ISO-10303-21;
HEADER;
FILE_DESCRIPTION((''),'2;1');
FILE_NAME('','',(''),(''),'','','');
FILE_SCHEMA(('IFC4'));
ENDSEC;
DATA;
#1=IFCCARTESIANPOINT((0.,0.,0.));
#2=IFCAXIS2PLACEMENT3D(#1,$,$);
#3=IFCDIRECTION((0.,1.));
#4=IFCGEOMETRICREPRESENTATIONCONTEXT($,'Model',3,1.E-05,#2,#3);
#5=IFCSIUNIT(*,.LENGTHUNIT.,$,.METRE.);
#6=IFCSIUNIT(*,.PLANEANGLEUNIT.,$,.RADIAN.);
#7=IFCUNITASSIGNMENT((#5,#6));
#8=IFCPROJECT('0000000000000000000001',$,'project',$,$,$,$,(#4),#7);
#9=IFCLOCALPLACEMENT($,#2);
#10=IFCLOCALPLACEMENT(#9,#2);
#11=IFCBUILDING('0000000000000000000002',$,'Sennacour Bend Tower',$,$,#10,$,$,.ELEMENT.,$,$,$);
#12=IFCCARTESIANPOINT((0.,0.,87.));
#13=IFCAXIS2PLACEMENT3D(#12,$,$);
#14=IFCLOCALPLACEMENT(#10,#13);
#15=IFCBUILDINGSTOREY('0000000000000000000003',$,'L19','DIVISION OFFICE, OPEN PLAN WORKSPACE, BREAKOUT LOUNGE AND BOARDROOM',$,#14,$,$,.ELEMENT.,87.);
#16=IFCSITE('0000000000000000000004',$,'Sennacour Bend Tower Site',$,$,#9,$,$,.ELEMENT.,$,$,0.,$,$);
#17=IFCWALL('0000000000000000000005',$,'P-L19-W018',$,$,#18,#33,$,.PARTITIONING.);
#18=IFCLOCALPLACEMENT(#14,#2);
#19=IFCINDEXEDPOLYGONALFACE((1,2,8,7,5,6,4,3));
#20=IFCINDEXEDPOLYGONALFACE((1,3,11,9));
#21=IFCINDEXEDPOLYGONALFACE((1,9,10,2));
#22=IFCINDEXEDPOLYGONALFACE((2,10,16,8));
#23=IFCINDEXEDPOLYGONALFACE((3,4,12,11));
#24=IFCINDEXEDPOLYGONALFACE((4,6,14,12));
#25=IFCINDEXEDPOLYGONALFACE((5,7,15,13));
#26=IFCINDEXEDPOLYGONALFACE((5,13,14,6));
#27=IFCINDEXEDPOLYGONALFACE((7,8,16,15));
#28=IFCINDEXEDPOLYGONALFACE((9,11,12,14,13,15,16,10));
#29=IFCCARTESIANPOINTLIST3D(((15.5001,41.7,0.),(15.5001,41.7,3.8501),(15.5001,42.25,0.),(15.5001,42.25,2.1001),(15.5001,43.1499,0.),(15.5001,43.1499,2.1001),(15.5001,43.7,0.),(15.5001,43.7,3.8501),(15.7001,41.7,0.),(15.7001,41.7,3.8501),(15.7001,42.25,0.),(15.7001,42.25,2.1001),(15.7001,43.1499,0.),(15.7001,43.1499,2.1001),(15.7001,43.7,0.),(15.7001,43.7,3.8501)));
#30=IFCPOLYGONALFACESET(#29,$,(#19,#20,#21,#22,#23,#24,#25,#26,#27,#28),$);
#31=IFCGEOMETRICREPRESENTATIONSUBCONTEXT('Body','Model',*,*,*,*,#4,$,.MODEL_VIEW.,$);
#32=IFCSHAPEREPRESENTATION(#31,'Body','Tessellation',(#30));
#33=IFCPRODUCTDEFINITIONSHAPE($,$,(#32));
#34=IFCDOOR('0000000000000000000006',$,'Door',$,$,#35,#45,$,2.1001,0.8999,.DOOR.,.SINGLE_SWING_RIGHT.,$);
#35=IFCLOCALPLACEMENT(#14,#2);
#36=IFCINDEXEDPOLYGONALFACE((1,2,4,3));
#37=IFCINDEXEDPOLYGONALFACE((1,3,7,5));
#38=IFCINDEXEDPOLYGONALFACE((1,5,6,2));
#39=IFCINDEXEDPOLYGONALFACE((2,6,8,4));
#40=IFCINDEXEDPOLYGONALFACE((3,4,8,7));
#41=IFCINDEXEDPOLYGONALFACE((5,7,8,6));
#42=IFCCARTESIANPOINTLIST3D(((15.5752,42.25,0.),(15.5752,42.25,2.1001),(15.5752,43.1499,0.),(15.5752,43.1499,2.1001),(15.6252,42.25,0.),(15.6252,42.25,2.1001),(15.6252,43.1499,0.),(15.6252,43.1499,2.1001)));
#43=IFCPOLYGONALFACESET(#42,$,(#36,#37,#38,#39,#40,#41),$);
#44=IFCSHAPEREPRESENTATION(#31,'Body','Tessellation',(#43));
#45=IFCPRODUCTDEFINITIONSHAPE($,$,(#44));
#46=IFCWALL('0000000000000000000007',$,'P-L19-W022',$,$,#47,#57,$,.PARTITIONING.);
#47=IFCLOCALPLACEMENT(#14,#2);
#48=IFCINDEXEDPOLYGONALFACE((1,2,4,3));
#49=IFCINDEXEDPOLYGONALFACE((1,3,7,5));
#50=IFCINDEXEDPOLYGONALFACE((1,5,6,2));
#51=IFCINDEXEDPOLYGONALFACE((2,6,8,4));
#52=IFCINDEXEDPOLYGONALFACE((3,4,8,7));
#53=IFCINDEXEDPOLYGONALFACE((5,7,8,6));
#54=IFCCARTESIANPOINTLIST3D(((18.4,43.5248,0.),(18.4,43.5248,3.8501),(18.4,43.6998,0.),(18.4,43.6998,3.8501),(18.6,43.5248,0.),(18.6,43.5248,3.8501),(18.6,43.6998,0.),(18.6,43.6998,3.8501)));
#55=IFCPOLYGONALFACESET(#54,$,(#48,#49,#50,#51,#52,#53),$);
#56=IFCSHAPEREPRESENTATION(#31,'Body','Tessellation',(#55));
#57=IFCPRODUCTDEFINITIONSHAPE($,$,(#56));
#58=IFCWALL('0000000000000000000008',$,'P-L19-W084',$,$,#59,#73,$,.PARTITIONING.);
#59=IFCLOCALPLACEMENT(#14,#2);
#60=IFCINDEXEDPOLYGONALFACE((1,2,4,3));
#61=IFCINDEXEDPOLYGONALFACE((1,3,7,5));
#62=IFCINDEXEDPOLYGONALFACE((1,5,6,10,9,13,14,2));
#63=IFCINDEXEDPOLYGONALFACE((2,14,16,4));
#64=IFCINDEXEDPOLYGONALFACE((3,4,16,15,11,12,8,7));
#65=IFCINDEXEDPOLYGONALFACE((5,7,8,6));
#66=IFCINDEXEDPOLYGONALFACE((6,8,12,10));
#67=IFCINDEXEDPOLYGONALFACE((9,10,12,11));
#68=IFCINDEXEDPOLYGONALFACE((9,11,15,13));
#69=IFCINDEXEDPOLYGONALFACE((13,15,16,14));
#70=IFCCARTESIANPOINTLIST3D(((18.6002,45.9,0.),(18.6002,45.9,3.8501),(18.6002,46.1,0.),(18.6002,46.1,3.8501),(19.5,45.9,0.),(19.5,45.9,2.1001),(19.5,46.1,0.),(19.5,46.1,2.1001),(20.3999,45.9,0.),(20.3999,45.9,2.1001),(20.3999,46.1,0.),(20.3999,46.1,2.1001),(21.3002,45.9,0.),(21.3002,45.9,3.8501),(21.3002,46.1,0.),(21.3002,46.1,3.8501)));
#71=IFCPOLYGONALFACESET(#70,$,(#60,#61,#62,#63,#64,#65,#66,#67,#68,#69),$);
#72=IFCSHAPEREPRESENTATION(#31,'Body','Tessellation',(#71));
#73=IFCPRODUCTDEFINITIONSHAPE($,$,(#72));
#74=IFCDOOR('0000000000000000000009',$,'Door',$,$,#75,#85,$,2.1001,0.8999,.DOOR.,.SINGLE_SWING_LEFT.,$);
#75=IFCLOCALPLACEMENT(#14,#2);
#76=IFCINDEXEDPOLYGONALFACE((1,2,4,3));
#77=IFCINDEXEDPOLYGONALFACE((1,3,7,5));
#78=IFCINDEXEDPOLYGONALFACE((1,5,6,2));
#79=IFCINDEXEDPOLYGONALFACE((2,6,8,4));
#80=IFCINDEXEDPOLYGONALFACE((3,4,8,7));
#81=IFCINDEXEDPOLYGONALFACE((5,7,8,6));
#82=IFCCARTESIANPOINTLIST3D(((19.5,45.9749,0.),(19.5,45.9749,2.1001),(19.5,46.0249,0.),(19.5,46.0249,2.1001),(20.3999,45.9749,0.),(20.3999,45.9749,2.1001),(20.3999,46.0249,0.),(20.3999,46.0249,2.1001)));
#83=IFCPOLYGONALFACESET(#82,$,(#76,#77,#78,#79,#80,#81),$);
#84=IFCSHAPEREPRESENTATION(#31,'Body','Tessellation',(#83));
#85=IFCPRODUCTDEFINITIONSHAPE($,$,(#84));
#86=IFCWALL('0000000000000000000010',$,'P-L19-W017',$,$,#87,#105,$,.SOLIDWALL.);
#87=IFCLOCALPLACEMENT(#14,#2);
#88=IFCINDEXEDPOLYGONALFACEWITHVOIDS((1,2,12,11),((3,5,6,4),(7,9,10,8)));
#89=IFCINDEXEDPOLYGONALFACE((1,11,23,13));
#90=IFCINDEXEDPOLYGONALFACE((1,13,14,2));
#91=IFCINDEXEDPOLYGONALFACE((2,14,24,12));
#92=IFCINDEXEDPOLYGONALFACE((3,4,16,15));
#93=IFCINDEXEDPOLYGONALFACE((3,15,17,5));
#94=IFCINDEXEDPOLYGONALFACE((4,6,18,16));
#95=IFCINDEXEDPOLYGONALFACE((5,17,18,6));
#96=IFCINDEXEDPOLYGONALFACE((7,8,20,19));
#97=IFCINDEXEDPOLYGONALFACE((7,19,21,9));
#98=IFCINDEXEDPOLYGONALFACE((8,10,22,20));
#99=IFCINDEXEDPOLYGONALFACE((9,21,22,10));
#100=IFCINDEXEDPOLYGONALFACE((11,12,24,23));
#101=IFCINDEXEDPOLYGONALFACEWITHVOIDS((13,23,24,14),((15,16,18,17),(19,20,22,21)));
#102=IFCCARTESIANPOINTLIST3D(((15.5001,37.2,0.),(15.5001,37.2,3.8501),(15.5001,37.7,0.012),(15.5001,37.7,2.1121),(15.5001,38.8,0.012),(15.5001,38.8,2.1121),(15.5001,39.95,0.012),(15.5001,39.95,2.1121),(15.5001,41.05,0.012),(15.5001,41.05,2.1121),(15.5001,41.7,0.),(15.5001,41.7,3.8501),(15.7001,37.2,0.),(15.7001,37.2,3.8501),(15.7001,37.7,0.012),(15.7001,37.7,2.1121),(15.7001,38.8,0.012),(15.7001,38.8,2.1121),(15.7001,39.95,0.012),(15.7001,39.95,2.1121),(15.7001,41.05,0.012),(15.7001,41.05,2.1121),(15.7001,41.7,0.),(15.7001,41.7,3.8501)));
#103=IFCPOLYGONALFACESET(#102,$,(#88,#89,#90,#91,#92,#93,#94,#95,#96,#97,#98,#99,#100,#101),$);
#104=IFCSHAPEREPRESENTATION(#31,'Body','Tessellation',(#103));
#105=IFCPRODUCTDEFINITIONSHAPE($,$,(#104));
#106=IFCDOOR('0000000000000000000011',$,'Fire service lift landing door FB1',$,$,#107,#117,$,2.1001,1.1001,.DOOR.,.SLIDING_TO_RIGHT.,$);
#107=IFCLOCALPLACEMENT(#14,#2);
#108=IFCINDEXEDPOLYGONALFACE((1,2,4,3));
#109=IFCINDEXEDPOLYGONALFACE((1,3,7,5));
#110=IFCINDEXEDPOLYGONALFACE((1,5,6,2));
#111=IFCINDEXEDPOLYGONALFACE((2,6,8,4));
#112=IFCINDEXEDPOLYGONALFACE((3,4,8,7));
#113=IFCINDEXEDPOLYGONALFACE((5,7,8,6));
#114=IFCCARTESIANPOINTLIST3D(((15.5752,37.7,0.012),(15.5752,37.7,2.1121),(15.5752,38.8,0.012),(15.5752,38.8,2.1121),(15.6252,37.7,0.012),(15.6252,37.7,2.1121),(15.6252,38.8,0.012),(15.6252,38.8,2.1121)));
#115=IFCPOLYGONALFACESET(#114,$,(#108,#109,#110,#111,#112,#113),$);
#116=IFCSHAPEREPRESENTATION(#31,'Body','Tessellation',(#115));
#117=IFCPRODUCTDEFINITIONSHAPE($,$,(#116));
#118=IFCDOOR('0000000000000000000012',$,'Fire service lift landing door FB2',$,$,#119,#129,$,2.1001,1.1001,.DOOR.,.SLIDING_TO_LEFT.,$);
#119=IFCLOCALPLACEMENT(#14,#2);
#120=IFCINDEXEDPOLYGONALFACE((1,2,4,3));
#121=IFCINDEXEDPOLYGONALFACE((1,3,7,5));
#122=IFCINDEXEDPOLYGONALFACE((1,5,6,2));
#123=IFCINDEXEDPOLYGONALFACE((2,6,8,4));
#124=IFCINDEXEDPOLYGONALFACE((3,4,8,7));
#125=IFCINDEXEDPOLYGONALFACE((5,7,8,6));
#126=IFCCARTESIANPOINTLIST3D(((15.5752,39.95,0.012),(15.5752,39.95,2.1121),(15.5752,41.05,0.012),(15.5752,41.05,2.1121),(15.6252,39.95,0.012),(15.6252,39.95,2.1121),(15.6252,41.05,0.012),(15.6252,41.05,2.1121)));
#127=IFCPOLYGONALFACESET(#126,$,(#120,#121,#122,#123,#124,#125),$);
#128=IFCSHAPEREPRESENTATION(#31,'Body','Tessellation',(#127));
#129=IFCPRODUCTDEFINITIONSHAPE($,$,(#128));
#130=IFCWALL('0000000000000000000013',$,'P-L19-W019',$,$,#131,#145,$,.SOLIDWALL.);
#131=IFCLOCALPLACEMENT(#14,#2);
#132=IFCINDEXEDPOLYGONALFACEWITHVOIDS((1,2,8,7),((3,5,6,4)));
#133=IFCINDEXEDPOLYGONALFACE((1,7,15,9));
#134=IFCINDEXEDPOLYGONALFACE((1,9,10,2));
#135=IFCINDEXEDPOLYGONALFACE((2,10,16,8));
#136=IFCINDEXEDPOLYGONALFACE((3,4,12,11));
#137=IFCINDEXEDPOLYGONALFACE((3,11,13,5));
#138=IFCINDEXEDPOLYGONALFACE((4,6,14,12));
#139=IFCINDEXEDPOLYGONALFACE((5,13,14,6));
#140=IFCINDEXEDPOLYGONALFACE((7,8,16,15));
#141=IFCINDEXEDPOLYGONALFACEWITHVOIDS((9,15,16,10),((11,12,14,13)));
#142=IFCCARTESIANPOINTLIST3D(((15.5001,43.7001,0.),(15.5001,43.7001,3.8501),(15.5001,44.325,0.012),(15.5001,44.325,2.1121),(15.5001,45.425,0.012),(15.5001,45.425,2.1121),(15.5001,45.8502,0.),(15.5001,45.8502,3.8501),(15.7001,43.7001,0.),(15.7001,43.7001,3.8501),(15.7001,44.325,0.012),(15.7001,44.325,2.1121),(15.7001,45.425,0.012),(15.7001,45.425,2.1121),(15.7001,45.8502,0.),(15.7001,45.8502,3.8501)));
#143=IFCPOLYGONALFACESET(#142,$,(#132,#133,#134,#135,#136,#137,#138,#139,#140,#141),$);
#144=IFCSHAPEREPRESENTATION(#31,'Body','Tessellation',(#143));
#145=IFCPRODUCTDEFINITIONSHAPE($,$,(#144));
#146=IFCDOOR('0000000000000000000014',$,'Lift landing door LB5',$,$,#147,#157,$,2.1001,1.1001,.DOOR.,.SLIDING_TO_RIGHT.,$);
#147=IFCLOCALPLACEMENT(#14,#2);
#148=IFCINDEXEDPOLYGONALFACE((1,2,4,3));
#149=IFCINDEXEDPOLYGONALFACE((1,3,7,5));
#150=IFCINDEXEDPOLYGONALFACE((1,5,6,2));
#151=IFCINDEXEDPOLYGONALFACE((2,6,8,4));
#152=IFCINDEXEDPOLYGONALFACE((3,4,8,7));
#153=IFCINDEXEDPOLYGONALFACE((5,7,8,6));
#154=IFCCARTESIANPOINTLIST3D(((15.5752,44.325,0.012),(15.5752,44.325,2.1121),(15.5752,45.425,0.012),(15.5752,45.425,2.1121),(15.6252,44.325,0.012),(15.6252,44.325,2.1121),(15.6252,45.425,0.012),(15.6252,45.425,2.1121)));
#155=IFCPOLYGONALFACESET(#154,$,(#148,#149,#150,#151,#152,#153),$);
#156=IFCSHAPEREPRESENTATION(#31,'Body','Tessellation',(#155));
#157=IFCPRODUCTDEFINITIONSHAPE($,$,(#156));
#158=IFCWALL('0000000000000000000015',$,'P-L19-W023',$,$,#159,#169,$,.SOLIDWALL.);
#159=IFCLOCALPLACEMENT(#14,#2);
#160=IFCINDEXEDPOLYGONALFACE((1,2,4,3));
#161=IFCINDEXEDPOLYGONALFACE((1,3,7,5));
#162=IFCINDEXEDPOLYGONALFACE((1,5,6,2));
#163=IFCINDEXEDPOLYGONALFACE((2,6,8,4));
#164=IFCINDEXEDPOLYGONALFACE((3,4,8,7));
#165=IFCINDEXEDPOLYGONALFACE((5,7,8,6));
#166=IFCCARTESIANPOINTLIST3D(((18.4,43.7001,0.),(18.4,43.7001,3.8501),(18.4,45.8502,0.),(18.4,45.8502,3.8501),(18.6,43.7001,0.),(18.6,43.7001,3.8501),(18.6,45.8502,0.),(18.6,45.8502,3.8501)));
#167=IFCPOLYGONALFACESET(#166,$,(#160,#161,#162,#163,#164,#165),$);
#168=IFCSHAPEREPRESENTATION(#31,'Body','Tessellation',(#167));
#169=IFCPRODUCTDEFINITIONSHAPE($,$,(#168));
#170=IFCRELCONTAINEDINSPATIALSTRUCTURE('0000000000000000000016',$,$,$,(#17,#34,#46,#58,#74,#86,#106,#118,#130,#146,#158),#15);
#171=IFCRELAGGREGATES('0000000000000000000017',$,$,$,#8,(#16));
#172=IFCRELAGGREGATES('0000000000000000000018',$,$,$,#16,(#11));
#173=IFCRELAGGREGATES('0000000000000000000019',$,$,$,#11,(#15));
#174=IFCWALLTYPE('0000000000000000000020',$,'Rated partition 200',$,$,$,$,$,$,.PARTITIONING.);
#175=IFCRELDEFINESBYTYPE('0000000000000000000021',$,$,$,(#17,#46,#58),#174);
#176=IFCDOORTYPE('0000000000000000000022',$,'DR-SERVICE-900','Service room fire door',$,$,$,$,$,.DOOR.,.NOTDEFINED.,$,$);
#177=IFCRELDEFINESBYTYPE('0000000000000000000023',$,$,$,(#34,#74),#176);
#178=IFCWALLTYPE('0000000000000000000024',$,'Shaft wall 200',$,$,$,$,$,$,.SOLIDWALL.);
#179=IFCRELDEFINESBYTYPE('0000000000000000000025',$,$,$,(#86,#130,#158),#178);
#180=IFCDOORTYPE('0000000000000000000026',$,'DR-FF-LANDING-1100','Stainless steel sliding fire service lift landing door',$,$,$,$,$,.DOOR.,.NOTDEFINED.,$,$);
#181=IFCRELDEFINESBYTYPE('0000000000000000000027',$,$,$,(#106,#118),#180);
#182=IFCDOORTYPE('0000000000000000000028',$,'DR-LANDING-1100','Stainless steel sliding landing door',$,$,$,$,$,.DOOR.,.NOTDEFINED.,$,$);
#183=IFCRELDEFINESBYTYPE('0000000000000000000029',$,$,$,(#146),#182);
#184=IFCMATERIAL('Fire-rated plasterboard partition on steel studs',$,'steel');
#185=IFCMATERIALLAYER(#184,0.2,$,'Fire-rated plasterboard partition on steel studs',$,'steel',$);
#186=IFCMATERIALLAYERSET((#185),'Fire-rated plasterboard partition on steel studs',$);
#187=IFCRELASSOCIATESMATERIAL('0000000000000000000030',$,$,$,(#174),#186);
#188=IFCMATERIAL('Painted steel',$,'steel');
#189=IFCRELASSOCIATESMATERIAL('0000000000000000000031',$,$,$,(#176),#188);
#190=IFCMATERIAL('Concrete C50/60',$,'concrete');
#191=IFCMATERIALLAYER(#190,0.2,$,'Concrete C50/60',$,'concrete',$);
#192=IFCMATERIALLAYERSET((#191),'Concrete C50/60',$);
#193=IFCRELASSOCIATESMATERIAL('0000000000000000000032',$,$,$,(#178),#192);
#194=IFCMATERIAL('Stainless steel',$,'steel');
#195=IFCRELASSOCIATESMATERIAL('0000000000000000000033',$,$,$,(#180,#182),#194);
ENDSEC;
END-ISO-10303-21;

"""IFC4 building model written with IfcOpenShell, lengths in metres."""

from ifc_helpers import new_model, si_unit, direction, frame, frame_2d, origin, place, context, subcontext, project, spatial, rectangle, extrude, material, layer, layer_set, type_object, element, fill, save


model = new_model("IFC4")

# Units and contexts
model_context = context("Model", 3, precision=1e-05, world=origin(), true_north=direction((0.0, 1.0)))
body_context = subcontext(model_context, "Body", "Model", "MODEL_VIEW")
ifc_project = project(units=[si_unit("LENGTHUNIT", "METRE"), si_unit("PLANEANGLEUNIT", "RADIAN")], contexts=[model_context])

# Site, building, storey
site_placement = place(None, origin())
site = spatial("IfcSite", under=ifc_project, at=site_placement, Name="Sennacour Bend Tower Site", CompositionType="ELEMENT", RefElevation=0.0)
building_placement = place(site_placement, origin())
building = spatial("IfcBuilding", under=site, at=building_placement, Name="Sennacour Bend Tower", CompositionType="ELEMENT")
storey_placement = place(building_placement, frame((0.0, 0.0, 87.0)))
storey = spatial("IfcBuildingStorey", under=building, at=storey_placement, Name="L19", Description="DIVISION OFFICE, OPEN PLAN WORKSPACE, BREAKOUT LOUNGE AND BOARDROOM", CompositionType="ELEMENT", Elevation=87.0)

# Wall, opening, door
ifc_material_1 = material(Name="Fire-rated plasterboard partition on steel studs", Category="steel")
ifc_layer_1 = layer(ifc_material_1, 0.2, Name="Fire-rated plasterboard partition on steel studs", Category="steel")
ifc_layer_set_1 = layer_set([ifc_layer_1], Name="Fire-rated plasterboard partition on steel studs")
wall_type_1 = type_object("IfcWallType", Name="Rated partition 200", PredefinedType="PARTITIONING", material=ifc_layer_set_1)
wall_1_placement = place(storey_placement, frame((15.6001, 41.7, 0.0), z_axis=(0.0, 0.0, 1.0), x_axis=(0.0, 1.0, 0.0)))
wall_1 = element("IfcWall", 1, at=wall_1_placement, inside=storey, type_object=wall_type_1, Name="P-L19-W018", PredefinedType="PARTITIONING", context=body_context, shape_type="SweptSolid", body=[
    extrude(rectangle(XDim=2.0, YDim=0.2, at=frame_2d((1.0, 0.0))), origin(), (0.0, 0.0, 1.0), 3.8501),
])
opening_1_placement = place(wall_1_placement, frame((0.55, 0.0, 0.0)))
opening_1 = element("IfcOpeningElement", 2, at=opening_1_placement, cuts=wall_1, PredefinedType="OPENING", context=body_context, shape_type="SweptSolid", body=[
    extrude(rectangle(XDim=0.8999, YDim=2.1001, at=frame_2d((0.45, 1.05))), frame((0.0, 0.1099, 0.0), z_axis=(0.0, -1.0, 0.0), x_axis=(1.0, 0.0, 0.0)), (0.0, 0.0, 1.0), 0.22),
])
ifc_material_2 = material(Name="Painted steel", Category="steel")
door_type_1 = type_object("IfcDoorType", Name="DR-SERVICE-900", Description="Service room fire door", OperationType="NOTDEFINED", PredefinedType="DOOR", material=ifc_material_2)
door_1_placement = place(opening_1_placement, origin())
door_1 = element("IfcDoor", 3, at=door_1_placement, inside=storey, type_object=door_type_1, Name="Door", OperationType="SINGLE_SWING_RIGHT", OverallHeight=2.1001, OverallWidth=0.8999, PredefinedType="DOOR", context=body_context, shape_type="SweptSolid", body=[
    extrude(rectangle(XDim=0.8999, YDim=2.1001, at=frame_2d((0.45, 1.05))), frame((0.0, 0.0249, 0.0), z_axis=(0.0, -1.0, 0.0), x_axis=(1.0, 0.0, 0.0)), (0.0, 0.0, 1.0), 0.05),
])
fill(opening_1, door_1)

# Wall
wall_2_placement = place(storey_placement, frame((18.5, 43.5249, 0.0), z_axis=(0.0, 0.0, 1.0), x_axis=(0.0, 1.0, 0.0)))
element("IfcWall", 4, at=wall_2_placement, inside=storey, type_object=wall_type_1, Name="P-L19-W022", PredefinedType="PARTITIONING", context=body_context, shape_type="SweptSolid", body=[
    extrude(rectangle(XDim=0.175, YDim=0.2, at=frame_2d((0.0874, 0.0))), origin(), (0.0, 0.0, 1.0), 3.8501),
])

# Wall, opening, door
wall_3_placement = place(storey_placement, frame((18.6001, 46.0, 0.0), z_axis=(0.0, 0.0, 1.0), x_axis=(1.0, 0.0, 0.0)))
wall_3 = element("IfcWall", 5, at=wall_3_placement, inside=storey, type_object=wall_type_1, Name="P-L19-W084", PredefinedType="PARTITIONING", context=body_context, shape_type="SweptSolid", body=[
    extrude(rectangle(XDim=2.7, YDim=0.2, at=frame_2d((1.3501, 0.0))), origin(), (0.0, 0.0, 1.0), 3.8501),
])
opening_2_placement = place(wall_3_placement, frame((0.8999, 0.0, 0.0)))
opening_2 = element("IfcOpeningElement", 6, at=opening_2_placement, cuts=wall_3, PredefinedType="OPENING", context=body_context, shape_type="SweptSolid", body=[
    extrude(rectangle(XDim=0.8999, YDim=2.1001, at=frame_2d((0.45, 1.05))), frame((0.0, 0.1099, 0.0), z_axis=(0.0, -1.0, 0.0), x_axis=(1.0, 0.0, 0.0)), (0.0, 0.0, 1.0), 0.22),
])
door_2_placement = place(opening_2_placement, origin())
door_2 = element("IfcDoor", 7, at=door_2_placement, inside=storey, type_object=door_type_1, Name="Door", OperationType="SINGLE_SWING_LEFT", OverallHeight=2.1001, OverallWidth=0.8999, PredefinedType="DOOR", context=body_context, shape_type="SweptSolid", body=[
    extrude(rectangle(XDim=0.8999, YDim=2.1001, at=frame_2d((0.45, 1.05))), frame((0.0, 0.0249, 0.0), z_axis=(0.0, -1.0, 0.0), x_axis=(1.0, 0.0, 0.0)), (0.0, 0.0, 1.0), 0.05),
])
fill(opening_2, door_2)

# Wall, openings, doors
ifc_material_3 = material(Name="Concrete C50/60", Category="concrete")
ifc_layer_2 = layer(ifc_material_3, 0.2, Name="Concrete C50/60", Category="concrete")
ifc_layer_set_2 = layer_set([ifc_layer_2], Name="Concrete C50/60")
wall_type_2 = type_object("IfcWallType", Name="Shaft wall 200", PredefinedType="SOLIDWALL", material=ifc_layer_set_2)
wall_4_placement = place(storey_placement, frame((15.6001, 37.2, 0.0), z_axis=(0.0, 0.0, 1.0), x_axis=(0.0, 1.0, 0.0)))
wall_4 = element("IfcWall", 8, at=wall_4_placement, inside=storey, type_object=wall_type_2, Name="P-L19-W017", PredefinedType="SOLIDWALL", context=body_context, shape_type="SweptSolid", body=[
    extrude(rectangle(XDim=4.5, YDim=0.2, at=frame_2d((2.25, 0.0))), origin(), (0.0, 0.0, 1.0), 3.8501),
])
opening_3_placement = place(wall_4_placement, frame((0.5, 0.0, 0.012)))
opening_3 = element("IfcOpeningElement", 9, at=opening_3_placement, cuts=wall_4, PredefinedType="OPENING", context=body_context, shape_type="SweptSolid", body=[
    extrude(rectangle(XDim=1.1001, YDim=2.1001, at=frame_2d((0.55, 1.05))), frame((0.0, 0.1099, 0.0), z_axis=(0.0, -1.0, 0.0), x_axis=(1.0, 0.0, 0.0)), (0.0, 0.0, 1.0), 0.22),
])
opening_4_placement = place(wall_4_placement, frame((2.75, 0.0, 0.012)))
opening_4 = element("IfcOpeningElement", 10, at=opening_4_placement, cuts=wall_4, PredefinedType="OPENING", context=body_context, shape_type="SweptSolid", body=[
    extrude(rectangle(XDim=1.1001, YDim=2.1001, at=frame_2d((0.55, 1.05))), frame((0.0, 0.1099, 0.0), z_axis=(0.0, -1.0, 0.0), x_axis=(1.0, 0.0, 0.0)), (0.0, 0.0, 1.0), 0.22),
])
ifc_material_4 = material(Name="Stainless steel", Category="steel")
door_type_2 = type_object("IfcDoorType", Name="DR-FF-LANDING-1100", Description="Stainless steel sliding fire service lift landing door", OperationType="NOTDEFINED", PredefinedType="DOOR", material=ifc_material_4)
door_3_placement = place(opening_3_placement, origin())
door_3 = element("IfcDoor", 11, at=door_3_placement, inside=storey, type_object=door_type_2, Name="Fire service lift landing door FB1", OperationType="SLIDING_TO_RIGHT", OverallHeight=2.1001, OverallWidth=1.1001, PredefinedType="DOOR", context=body_context, shape_type="SweptSolid", body=[
    extrude(rectangle(XDim=1.1001, YDim=2.1001, at=frame_2d((0.55, 1.05))), frame((0.0, 0.0249, 0.0), z_axis=(0.0, -1.0, 0.0), x_axis=(1.0, 0.0, 0.0)), (0.0, 0.0, 1.0), 0.05),
])
fill(opening_3, door_3)
door_4_placement = place(opening_4_placement, origin())
door_4 = element("IfcDoor", 12, at=door_4_placement, inside=storey, type_object=door_type_2, Name="Fire service lift landing door FB2", OperationType="SLIDING_TO_LEFT", OverallHeight=2.1001, OverallWidth=1.1001, PredefinedType="DOOR", context=body_context, shape_type="SweptSolid", body=[
    extrude(rectangle(XDim=1.1001, YDim=2.1001, at=frame_2d((0.55, 1.05))), frame((0.0, 0.0249, 0.0), z_axis=(0.0, -1.0, 0.0), x_axis=(1.0, 0.0, 0.0)), (0.0, 0.0, 1.0), 0.05),
])
fill(opening_4, door_4)

# Wall, opening, door
wall_5_placement = place(storey_placement, frame((15.6001, 43.7, 0.0), z_axis=(0.0, 0.0, 1.0), x_axis=(0.0, 1.0, 0.0)))
wall_5 = element("IfcWall", 13, at=wall_5_placement, inside=storey, type_object=wall_type_2, Name="P-L19-W019", PredefinedType="SOLIDWALL", context=body_context, shape_type="SweptSolid", body=[
    extrude(rectangle(XDim=2.1501, YDim=0.2, at=frame_2d((1.0752, 0.0))), origin(), (0.0, 0.0, 1.0), 3.8501),
])
opening_5_placement = place(wall_5_placement, frame((0.625, 0.0, 0.012)))
opening_5 = element("IfcOpeningElement", 14, at=opening_5_placement, cuts=wall_5, PredefinedType="OPENING", context=body_context, shape_type="SweptSolid", body=[
    extrude(rectangle(XDim=1.1001, YDim=2.1001, at=frame_2d((0.55, 1.05))), frame((0.0, 0.1099, 0.0), z_axis=(0.0, -1.0, 0.0), x_axis=(1.0, 0.0, 0.0)), (0.0, 0.0, 1.0), 0.22),
])
door_type_3 = type_object("IfcDoorType", Name="DR-LANDING-1100", Description="Stainless steel sliding landing door", OperationType="NOTDEFINED", PredefinedType="DOOR", material=ifc_material_4)
door_5_placement = place(opening_5_placement, origin())
door_5 = element("IfcDoor", 15, at=door_5_placement, inside=storey, type_object=door_type_3, Name="Lift landing door LB5", OperationType="SLIDING_TO_RIGHT", OverallHeight=2.1001, OverallWidth=1.1001, PredefinedType="DOOR", context=body_context, shape_type="SweptSolid", body=[
    extrude(rectangle(XDim=1.1001, YDim=2.1001, at=frame_2d((0.55, 1.05))), frame((0.0, 0.0249, 0.0), z_axis=(0.0, -1.0, 0.0), x_axis=(1.0, 0.0, 0.0)), (0.0, 0.0, 1.0), 0.05),
])
fill(opening_5, door_5)

# Wall
wall_6_placement = place(storey_placement, frame((18.5, 43.7, 0.0), z_axis=(0.0, 0.0, 1.0), x_axis=(0.0, 1.0, 0.0)))
element("IfcWall", 16, at=wall_6_placement, inside=storey, type_object=wall_type_2, Name="P-L19-W023", PredefinedType="SOLIDWALL", context=body_context, shape_type="SweptSolid", body=[
    extrude(rectangle(XDim=2.1501, YDim=0.2, at=frame_2d((1.0752, 0.0))), origin(), (0.0, 0.0, 1.0), 3.8501),
])

save(model, "model.ifc")
